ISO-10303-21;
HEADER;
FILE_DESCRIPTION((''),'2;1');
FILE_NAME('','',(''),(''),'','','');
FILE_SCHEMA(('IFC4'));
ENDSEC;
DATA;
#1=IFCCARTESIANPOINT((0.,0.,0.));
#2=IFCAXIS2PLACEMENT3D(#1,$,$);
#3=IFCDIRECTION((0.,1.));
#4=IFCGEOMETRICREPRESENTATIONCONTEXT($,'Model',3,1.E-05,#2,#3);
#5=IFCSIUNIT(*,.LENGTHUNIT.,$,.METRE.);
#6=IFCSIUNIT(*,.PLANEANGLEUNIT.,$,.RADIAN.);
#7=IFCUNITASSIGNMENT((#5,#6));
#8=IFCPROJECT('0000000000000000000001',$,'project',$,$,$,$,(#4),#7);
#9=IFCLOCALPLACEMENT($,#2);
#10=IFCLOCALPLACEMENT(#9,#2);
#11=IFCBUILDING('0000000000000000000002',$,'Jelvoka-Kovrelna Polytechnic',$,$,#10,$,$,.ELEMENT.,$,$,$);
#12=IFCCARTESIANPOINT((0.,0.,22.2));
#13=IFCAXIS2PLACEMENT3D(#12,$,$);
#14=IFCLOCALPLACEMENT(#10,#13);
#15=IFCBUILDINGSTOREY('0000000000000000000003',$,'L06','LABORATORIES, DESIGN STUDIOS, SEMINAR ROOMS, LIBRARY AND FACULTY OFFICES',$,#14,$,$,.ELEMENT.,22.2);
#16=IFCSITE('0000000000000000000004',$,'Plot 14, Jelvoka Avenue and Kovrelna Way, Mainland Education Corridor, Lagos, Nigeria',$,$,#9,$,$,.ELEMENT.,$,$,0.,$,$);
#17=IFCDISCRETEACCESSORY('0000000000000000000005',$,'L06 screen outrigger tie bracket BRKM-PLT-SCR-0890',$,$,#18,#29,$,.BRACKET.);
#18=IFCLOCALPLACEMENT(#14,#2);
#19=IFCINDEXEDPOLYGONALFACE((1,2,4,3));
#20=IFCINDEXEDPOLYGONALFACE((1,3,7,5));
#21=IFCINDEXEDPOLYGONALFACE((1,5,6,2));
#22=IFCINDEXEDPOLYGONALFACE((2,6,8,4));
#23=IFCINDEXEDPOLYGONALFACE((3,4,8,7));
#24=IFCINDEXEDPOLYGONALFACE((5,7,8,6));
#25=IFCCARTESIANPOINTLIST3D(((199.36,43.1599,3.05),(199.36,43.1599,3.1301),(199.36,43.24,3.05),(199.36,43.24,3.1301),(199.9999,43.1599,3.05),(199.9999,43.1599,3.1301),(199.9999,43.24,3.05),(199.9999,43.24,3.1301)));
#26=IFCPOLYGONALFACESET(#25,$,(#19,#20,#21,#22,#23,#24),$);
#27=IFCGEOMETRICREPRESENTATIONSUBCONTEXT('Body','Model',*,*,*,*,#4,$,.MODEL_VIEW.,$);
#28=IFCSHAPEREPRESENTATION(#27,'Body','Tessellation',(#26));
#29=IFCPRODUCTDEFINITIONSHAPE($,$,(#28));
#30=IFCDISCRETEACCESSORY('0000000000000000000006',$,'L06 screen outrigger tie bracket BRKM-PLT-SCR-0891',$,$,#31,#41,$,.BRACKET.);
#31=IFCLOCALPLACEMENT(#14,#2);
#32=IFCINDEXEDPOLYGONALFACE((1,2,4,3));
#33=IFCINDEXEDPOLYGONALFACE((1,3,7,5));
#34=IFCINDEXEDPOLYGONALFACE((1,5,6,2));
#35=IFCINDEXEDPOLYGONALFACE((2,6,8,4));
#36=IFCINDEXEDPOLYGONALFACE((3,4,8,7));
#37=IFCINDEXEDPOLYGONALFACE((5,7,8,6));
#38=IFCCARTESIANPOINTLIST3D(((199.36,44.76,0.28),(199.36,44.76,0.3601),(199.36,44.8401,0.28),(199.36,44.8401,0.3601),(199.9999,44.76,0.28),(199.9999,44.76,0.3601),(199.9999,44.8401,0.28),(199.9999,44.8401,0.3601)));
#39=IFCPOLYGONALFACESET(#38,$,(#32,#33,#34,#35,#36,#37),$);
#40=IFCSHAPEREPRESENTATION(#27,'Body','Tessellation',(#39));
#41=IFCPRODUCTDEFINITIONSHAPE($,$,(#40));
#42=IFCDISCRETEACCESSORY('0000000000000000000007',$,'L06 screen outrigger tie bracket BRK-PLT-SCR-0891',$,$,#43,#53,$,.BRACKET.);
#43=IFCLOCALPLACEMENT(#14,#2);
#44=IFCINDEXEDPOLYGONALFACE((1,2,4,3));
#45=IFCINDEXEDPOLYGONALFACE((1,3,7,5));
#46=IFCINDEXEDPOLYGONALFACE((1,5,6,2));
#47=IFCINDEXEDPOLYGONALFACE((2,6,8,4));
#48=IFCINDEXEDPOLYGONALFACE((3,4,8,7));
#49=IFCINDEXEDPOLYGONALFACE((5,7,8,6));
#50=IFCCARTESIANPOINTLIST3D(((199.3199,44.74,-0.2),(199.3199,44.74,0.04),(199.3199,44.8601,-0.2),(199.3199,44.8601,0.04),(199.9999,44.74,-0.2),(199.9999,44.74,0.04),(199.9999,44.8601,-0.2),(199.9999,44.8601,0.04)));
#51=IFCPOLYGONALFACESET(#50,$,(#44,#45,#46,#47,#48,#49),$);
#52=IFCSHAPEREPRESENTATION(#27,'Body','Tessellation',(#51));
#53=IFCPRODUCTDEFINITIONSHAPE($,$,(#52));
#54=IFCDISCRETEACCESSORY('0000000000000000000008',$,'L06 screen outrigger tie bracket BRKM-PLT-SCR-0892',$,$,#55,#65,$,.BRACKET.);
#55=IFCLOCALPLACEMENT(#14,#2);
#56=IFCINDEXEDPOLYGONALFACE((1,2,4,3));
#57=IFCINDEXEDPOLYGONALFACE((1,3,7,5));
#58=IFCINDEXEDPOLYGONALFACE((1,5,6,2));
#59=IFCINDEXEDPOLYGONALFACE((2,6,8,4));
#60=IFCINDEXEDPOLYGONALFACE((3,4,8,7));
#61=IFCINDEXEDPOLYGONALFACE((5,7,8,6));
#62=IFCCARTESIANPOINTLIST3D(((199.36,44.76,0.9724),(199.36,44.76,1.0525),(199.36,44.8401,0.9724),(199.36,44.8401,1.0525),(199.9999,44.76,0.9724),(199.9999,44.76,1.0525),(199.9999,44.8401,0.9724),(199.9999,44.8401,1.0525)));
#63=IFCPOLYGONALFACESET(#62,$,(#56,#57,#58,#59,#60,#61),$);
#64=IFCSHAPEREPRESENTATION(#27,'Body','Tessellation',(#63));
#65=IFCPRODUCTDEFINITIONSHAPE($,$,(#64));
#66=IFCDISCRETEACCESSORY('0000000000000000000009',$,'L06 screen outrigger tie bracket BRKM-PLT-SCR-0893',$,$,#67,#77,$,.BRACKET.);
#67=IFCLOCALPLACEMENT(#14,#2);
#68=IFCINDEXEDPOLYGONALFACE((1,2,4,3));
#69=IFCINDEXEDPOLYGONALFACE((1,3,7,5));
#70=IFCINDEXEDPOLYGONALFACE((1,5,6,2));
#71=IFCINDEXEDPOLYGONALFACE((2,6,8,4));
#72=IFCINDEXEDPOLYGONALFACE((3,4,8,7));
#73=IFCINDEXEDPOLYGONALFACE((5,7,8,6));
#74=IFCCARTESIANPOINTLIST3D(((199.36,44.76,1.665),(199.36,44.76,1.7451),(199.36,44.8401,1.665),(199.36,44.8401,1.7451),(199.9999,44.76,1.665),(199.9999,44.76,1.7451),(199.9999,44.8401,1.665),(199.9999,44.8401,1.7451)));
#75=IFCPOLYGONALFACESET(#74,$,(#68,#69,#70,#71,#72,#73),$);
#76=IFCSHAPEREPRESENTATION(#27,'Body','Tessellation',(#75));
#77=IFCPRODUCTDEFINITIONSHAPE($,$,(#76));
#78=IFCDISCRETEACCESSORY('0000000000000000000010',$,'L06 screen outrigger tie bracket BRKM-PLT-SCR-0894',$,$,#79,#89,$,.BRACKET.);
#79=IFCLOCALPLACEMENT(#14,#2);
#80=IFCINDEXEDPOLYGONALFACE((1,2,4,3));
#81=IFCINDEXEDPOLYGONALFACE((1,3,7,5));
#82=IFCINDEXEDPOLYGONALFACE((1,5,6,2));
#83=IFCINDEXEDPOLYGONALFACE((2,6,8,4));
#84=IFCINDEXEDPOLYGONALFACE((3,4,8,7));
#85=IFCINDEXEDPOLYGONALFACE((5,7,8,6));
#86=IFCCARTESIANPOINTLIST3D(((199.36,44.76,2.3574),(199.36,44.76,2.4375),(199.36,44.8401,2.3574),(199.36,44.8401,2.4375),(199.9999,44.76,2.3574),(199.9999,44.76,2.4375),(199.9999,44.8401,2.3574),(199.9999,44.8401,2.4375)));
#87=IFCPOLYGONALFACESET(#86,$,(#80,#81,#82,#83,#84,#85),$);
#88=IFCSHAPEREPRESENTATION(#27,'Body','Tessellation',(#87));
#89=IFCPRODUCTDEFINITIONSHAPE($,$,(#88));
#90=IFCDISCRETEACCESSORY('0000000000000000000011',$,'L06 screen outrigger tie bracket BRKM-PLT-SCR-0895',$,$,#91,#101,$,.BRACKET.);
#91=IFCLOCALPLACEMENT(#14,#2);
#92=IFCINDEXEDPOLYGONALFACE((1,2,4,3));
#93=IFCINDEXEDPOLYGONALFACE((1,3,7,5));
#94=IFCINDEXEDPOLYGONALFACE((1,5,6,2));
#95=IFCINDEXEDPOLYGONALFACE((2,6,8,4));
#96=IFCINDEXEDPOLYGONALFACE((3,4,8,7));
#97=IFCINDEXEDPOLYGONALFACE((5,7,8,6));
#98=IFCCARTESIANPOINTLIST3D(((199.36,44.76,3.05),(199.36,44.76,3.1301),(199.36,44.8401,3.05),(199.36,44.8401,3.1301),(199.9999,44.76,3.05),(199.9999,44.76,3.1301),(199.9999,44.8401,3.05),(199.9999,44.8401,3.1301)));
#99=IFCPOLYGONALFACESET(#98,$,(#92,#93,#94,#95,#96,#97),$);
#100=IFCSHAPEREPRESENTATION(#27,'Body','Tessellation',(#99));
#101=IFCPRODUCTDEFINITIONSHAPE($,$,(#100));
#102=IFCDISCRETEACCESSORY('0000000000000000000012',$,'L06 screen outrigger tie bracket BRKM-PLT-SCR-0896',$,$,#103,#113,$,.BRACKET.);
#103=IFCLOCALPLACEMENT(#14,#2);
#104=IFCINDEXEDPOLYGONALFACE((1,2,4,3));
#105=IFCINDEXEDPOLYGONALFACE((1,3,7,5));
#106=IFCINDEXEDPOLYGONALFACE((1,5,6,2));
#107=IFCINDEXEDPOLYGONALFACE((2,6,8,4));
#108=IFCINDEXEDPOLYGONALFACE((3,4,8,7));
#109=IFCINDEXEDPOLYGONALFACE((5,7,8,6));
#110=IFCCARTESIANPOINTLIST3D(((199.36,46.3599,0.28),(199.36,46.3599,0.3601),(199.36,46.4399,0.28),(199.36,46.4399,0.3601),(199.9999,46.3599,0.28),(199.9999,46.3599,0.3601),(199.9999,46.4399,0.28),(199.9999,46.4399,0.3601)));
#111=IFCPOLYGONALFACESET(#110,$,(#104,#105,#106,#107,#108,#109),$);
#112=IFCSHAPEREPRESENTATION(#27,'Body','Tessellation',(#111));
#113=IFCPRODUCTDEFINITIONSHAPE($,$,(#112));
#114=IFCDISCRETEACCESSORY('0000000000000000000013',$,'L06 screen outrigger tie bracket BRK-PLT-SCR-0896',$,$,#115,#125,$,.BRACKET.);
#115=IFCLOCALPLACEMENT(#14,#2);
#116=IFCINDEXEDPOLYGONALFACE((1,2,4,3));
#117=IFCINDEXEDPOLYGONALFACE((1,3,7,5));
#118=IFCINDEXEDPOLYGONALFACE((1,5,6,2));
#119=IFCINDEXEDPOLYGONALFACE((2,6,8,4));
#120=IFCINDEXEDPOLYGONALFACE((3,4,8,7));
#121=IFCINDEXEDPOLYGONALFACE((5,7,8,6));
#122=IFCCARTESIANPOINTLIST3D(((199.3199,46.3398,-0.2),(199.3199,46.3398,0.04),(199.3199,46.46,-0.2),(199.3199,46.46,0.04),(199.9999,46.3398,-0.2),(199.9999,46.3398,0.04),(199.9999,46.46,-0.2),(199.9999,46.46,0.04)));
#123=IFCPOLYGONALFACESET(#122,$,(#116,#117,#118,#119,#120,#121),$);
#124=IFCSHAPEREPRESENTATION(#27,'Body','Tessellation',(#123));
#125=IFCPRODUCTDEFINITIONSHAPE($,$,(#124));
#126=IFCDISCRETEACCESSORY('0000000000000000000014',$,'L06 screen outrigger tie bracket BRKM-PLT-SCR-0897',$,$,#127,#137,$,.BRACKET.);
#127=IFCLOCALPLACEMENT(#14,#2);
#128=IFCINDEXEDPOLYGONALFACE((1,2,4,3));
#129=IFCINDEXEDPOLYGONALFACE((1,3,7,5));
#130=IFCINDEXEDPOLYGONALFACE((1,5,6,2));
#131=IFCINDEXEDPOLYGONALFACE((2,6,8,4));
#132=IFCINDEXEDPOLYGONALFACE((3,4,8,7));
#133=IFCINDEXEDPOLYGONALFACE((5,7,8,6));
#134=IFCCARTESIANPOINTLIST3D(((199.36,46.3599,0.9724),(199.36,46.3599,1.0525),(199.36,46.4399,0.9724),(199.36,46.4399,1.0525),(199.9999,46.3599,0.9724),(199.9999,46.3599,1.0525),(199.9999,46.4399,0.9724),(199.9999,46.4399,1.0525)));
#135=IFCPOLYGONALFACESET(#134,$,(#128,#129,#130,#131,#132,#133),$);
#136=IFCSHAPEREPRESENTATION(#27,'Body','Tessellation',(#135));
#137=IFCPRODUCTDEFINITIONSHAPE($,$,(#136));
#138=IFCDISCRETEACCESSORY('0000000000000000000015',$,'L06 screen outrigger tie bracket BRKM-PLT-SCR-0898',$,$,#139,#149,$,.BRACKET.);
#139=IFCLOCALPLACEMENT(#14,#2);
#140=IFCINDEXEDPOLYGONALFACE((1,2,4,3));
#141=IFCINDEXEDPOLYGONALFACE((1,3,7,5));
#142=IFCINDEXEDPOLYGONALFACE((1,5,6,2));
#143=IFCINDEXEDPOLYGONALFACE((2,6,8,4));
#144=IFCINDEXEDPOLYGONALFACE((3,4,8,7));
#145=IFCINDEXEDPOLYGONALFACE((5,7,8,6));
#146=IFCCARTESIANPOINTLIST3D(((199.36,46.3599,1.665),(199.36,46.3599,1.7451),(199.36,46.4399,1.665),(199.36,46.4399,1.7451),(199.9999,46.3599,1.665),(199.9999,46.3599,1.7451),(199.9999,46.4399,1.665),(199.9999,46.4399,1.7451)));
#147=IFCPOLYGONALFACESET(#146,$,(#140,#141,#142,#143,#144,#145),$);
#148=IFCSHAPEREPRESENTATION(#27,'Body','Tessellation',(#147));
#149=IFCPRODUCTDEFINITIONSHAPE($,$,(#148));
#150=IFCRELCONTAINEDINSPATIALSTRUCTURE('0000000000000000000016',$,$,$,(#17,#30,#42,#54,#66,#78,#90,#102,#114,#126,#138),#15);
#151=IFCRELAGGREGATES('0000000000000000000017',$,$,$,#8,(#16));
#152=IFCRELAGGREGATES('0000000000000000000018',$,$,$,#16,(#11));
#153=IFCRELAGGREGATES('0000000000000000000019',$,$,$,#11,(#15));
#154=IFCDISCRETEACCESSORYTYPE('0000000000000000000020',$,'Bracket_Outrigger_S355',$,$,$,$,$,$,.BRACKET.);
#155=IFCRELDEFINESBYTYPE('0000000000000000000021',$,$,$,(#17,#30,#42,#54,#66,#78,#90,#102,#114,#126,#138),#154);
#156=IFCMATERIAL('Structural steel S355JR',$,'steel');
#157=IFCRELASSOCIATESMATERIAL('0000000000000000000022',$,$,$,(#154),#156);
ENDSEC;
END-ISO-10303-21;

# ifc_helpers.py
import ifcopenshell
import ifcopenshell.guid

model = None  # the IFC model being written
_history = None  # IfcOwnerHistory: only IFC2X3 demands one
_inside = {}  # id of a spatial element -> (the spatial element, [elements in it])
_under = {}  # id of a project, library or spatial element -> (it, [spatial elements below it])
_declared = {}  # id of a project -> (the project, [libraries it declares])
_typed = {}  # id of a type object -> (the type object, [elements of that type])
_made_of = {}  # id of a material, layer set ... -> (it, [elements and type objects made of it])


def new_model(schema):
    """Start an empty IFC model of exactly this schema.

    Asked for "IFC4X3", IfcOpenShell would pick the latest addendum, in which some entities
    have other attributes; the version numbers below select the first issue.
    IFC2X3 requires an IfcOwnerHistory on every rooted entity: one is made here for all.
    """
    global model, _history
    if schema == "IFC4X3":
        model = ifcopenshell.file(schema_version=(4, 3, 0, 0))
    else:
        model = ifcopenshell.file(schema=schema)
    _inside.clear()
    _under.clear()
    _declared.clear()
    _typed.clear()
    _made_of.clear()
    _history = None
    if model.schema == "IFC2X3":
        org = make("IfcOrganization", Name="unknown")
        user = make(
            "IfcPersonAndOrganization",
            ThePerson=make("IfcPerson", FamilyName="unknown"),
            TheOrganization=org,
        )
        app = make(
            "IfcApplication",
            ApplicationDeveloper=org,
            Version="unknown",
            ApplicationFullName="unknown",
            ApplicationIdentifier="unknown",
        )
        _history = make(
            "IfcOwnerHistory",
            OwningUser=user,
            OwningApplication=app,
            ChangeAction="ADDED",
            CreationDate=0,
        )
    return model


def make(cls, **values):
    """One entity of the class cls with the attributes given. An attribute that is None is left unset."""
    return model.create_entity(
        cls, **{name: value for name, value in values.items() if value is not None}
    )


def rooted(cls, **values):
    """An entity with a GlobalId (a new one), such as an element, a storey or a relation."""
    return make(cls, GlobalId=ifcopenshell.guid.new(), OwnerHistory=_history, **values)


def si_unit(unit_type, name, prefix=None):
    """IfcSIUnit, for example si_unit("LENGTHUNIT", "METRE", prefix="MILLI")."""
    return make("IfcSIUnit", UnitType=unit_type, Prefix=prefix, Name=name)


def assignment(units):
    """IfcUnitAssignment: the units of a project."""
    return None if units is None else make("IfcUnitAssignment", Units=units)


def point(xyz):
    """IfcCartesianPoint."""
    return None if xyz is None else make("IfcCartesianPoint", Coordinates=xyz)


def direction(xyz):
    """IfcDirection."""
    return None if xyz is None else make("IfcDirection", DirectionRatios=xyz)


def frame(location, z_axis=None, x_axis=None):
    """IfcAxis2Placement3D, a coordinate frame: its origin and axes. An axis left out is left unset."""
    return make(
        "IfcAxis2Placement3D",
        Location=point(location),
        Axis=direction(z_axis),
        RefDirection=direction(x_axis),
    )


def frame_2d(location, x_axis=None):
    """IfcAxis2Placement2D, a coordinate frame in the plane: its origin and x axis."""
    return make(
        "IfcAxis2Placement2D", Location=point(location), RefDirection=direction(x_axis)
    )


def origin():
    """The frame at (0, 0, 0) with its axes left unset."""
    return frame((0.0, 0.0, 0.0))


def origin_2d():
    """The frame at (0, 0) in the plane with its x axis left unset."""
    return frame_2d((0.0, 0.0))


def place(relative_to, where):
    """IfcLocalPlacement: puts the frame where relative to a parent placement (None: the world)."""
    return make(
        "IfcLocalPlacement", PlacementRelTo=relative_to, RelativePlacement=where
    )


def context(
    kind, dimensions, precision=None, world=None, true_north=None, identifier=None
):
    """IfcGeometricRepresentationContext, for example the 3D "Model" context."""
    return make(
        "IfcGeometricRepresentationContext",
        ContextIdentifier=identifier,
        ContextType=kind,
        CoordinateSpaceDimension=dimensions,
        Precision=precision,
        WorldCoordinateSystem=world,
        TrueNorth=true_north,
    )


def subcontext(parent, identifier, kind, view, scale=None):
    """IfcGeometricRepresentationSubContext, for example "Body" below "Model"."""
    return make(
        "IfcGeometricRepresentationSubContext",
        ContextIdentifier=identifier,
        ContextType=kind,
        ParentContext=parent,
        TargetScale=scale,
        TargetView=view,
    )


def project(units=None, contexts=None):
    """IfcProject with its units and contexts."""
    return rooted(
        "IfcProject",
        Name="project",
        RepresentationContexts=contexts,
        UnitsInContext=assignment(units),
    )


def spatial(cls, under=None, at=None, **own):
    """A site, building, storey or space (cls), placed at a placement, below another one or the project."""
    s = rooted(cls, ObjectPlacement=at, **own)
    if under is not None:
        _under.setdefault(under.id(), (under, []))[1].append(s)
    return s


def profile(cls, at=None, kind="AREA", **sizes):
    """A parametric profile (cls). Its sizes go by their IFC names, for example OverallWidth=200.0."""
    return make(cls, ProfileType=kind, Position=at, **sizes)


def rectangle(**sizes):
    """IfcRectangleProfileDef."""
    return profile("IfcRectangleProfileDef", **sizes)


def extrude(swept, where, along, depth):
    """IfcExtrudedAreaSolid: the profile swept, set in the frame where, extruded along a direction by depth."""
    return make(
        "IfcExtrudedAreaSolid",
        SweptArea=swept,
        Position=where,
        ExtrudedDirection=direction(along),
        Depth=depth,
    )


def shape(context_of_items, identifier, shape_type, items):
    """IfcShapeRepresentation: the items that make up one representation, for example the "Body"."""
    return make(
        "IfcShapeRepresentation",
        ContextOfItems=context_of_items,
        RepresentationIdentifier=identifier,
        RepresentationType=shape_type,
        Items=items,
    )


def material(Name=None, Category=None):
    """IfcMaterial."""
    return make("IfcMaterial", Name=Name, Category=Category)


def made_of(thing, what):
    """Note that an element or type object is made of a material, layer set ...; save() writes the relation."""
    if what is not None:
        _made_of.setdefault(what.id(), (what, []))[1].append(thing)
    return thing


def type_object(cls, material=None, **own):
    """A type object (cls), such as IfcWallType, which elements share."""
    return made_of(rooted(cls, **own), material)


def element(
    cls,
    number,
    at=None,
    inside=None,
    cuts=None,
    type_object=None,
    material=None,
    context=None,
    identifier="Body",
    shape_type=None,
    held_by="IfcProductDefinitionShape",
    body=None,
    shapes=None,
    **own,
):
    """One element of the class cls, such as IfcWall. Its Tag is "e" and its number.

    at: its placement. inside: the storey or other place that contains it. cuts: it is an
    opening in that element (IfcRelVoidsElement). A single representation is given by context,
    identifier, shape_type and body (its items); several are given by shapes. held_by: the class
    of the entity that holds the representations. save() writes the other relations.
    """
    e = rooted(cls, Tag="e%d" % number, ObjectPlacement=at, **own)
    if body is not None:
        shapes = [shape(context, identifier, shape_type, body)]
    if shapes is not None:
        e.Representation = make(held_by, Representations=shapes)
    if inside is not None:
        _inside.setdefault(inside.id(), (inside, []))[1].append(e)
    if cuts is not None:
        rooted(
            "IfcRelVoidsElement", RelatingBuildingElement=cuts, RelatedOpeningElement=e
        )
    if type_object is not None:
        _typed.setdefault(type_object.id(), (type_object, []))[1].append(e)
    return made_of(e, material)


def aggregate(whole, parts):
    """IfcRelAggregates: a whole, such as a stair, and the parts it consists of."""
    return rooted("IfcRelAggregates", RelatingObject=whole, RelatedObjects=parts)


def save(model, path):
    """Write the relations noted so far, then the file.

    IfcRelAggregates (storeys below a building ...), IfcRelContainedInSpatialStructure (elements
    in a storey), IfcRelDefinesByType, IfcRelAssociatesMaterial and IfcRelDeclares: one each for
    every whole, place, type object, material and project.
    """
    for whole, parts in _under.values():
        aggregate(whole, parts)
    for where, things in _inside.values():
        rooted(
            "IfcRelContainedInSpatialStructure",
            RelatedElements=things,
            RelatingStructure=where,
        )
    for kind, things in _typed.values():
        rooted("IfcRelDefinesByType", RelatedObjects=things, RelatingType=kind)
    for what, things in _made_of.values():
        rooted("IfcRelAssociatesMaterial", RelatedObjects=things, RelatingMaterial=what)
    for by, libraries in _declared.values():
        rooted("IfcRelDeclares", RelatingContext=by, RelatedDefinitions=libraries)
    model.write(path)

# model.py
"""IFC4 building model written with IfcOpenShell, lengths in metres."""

from ifc_helpers import new_model, si_unit, direction, frame, origin, origin_2d, place, context, subcontext, project, spatial, rectangle, extrude, material, type_object, element, save


model = new_model("IFC4")

# Units and contexts
model_context = context("Model", 3, precision=1e-05, world=origin(), true_north=direction((0.0, 1.0)))
body_context = subcontext(model_context, "Body", "Model", "MODEL_VIEW")
ifc_project = project(units=[si_unit("LENGTHUNIT", "METRE"), si_unit("PLANEANGLEUNIT", "RADIAN")], contexts=[model_context])

# Site, building, storey
site_placement = place(None, origin())
site = spatial("IfcSite", under=ifc_project, at=site_placement, Name="Plot 14, Jelvoka Avenue and Kovrelna Way, Mainland Education Corridor, Lagos, Nigeria", CompositionType="ELEMENT", RefElevation=0.0)
building_placement = place(site_placement, origin())
building = spatial("IfcBuilding", under=site, at=building_placement, Name="Jelvoka-Kovrelna Polytechnic", CompositionType="ELEMENT")
storey_placement = place(building_placement, frame((0.0, 0.0, 22.2)))
storey = spatial("IfcBuildingStorey", under=building, at=storey_placement, Name="L06", Description="LABORATORIES, DESIGN STUDIOS, SEMINAR ROOMS, LIBRARY AND FACULTY OFFICES", CompositionType="ELEMENT", Elevation=22.2)

# Discrete accessories
ifc_material_1 = material(Name="Structural steel S355JR", Category="steel")
discrete_accessory_type = type_object("IfcDiscreteAccessoryType", Name="Bracket_Outrigger_S355", PredefinedType="BRACKET", material=ifc_material_1)
for number, where, z_axis, x_axis, name in (
    (1, (199.6799, 43.2, 3.05), (0.0, 0.0, 1.0), (1.0, 0.0, 0.0), "L06 screen outrigger tie bracket BRKM-PLT-SCR-0890"),
    (2, (199.6799, 44.8, 0.28), (0.0, 0.0, 1.0), (1.0, 0.0, 0.0), "L06 screen outrigger tie bracket BRKM-PLT-SCR-0891"),
):
    element("IfcDiscreteAccessory", number, at=place(storey_placement, frame(where, z_axis=z_axis, x_axis=x_axis)), inside=storey, type_object=discrete_accessory_type, Name=name, PredefinedType="BRACKET", context=body_context, shape_type="SweptSolid", body=[
        extrude(rectangle(XDim=0.6399, YDim=0.0801, at=origin_2d()), origin(), (0.0, 0.0, 1.0), 0.0801),
    ])
discrete_accessory_1_placement = place(storey_placement, frame((199.6599, 44.8, -0.2), z_axis=(0.0, 0.0, 1.0), x_axis=(1.0, 0.0, 0.0)))
element("IfcDiscreteAccessory", 3, at=discrete_accessory_1_placement, inside=storey, type_object=discrete_accessory_type, Name="L06 screen outrigger tie bracket BRK-PLT-SCR-0891", PredefinedType="BRACKET", context=body_context, shape_type="SweptSolid", body=[
    extrude(rectangle(XDim=0.6799, YDim=0.1201, at=origin_2d()), origin(), (0.0, 0.0, 1.0), 0.24),
])
for number, where, z_axis, x_axis, name in (
    (4, (199.6799, 44.8, 0.9724), (0.0, 0.0, 1.0), (1.0, 0.0, 0.0), "L06 screen outrigger tie bracket BRKM-PLT-SCR-0892"),
    (5, (199.6799, 44.8, 1.665), (0.0, 0.0, 1.0), (1.0, 0.0, 0.0), "L06 screen outrigger tie bracket BRKM-PLT-SCR-0893"),
    (6, (199.6799, 44.8, 2.3574), (0.0, 0.0, 1.0), (1.0, 0.0, 0.0), "L06 screen outrigger tie bracket BRKM-PLT-SCR-0894"),
    (7, (199.6799, 44.8, 3.05), (0.0, 0.0, 1.0), (1.0, 0.0, 0.0), "L06 screen outrigger tie bracket BRKM-PLT-SCR-0895"),
    (8, (199.6799, 46.3999, 0.28), (0.0, 0.0, 1.0), (1.0, 0.0, 0.0), "L06 screen outrigger tie bracket BRKM-PLT-SCR-0896"),
):
    element("IfcDiscreteAccessory", number, at=place(storey_placement, frame(where, z_axis=z_axis, x_axis=x_axis)), inside=storey, type_object=discrete_accessory_type, Name=name, PredefinedType="BRACKET", context=body_context, shape_type="SweptSolid", body=[
        extrude(rectangle(XDim=0.6399, YDim=0.0801, at=origin_2d()), origin(), (0.0, 0.0, 1.0), 0.0801),
    ])
discrete_accessory_2_placement = place(storey_placement, frame((199.6599, 46.3999, -0.2), z_axis=(0.0, 0.0, 1.0), x_axis=(1.0, 0.0, 0.0)))
element("IfcDiscreteAccessory", 9, at=discrete_accessory_2_placement, inside=storey, type_object=discrete_accessory_type, Name="L06 screen outrigger tie bracket BRK-PLT-SCR-0896", PredefinedType="BRACKET", context=body_context, shape_type="SweptSolid", body=[
    extrude(rectangle(XDim=0.6799, YDim=0.1201, at=origin_2d()), origin(), (0.0, 0.0, 1.0), 0.24),
])
for number, where, z_axis, x_axis, name in (
    (10, (199.6799, 46.3999, 0.9724), (0.0, 0.0, 1.0), (1.0, 0.0, 0.0), "L06 screen outrigger tie bracket BRKM-PLT-SCR-0897"),
    (11, (199.6799, 46.3999, 1.665), (0.0, 0.0, 1.0), (1.0, 0.0, 0.0), "L06 screen outrigger tie bracket BRKM-PLT-SCR-0898"),
):
    element("IfcDiscreteAccessory", number, at=place(storey_placement, frame(where, z_axis=z_axis, x_axis=x_axis)), inside=storey, type_object=discrete_accessory_type, Name=name, PredefinedType="BRACKET", context=body_context, shape_type="SweptSolid", body=[
        extrude(rectangle(XDim=0.6399, YDim=0.0801, at=origin_2d()), origin(), (0.0, 0.0, 1.0), 0.0801),
    ])

save(model, "model.ifc")
